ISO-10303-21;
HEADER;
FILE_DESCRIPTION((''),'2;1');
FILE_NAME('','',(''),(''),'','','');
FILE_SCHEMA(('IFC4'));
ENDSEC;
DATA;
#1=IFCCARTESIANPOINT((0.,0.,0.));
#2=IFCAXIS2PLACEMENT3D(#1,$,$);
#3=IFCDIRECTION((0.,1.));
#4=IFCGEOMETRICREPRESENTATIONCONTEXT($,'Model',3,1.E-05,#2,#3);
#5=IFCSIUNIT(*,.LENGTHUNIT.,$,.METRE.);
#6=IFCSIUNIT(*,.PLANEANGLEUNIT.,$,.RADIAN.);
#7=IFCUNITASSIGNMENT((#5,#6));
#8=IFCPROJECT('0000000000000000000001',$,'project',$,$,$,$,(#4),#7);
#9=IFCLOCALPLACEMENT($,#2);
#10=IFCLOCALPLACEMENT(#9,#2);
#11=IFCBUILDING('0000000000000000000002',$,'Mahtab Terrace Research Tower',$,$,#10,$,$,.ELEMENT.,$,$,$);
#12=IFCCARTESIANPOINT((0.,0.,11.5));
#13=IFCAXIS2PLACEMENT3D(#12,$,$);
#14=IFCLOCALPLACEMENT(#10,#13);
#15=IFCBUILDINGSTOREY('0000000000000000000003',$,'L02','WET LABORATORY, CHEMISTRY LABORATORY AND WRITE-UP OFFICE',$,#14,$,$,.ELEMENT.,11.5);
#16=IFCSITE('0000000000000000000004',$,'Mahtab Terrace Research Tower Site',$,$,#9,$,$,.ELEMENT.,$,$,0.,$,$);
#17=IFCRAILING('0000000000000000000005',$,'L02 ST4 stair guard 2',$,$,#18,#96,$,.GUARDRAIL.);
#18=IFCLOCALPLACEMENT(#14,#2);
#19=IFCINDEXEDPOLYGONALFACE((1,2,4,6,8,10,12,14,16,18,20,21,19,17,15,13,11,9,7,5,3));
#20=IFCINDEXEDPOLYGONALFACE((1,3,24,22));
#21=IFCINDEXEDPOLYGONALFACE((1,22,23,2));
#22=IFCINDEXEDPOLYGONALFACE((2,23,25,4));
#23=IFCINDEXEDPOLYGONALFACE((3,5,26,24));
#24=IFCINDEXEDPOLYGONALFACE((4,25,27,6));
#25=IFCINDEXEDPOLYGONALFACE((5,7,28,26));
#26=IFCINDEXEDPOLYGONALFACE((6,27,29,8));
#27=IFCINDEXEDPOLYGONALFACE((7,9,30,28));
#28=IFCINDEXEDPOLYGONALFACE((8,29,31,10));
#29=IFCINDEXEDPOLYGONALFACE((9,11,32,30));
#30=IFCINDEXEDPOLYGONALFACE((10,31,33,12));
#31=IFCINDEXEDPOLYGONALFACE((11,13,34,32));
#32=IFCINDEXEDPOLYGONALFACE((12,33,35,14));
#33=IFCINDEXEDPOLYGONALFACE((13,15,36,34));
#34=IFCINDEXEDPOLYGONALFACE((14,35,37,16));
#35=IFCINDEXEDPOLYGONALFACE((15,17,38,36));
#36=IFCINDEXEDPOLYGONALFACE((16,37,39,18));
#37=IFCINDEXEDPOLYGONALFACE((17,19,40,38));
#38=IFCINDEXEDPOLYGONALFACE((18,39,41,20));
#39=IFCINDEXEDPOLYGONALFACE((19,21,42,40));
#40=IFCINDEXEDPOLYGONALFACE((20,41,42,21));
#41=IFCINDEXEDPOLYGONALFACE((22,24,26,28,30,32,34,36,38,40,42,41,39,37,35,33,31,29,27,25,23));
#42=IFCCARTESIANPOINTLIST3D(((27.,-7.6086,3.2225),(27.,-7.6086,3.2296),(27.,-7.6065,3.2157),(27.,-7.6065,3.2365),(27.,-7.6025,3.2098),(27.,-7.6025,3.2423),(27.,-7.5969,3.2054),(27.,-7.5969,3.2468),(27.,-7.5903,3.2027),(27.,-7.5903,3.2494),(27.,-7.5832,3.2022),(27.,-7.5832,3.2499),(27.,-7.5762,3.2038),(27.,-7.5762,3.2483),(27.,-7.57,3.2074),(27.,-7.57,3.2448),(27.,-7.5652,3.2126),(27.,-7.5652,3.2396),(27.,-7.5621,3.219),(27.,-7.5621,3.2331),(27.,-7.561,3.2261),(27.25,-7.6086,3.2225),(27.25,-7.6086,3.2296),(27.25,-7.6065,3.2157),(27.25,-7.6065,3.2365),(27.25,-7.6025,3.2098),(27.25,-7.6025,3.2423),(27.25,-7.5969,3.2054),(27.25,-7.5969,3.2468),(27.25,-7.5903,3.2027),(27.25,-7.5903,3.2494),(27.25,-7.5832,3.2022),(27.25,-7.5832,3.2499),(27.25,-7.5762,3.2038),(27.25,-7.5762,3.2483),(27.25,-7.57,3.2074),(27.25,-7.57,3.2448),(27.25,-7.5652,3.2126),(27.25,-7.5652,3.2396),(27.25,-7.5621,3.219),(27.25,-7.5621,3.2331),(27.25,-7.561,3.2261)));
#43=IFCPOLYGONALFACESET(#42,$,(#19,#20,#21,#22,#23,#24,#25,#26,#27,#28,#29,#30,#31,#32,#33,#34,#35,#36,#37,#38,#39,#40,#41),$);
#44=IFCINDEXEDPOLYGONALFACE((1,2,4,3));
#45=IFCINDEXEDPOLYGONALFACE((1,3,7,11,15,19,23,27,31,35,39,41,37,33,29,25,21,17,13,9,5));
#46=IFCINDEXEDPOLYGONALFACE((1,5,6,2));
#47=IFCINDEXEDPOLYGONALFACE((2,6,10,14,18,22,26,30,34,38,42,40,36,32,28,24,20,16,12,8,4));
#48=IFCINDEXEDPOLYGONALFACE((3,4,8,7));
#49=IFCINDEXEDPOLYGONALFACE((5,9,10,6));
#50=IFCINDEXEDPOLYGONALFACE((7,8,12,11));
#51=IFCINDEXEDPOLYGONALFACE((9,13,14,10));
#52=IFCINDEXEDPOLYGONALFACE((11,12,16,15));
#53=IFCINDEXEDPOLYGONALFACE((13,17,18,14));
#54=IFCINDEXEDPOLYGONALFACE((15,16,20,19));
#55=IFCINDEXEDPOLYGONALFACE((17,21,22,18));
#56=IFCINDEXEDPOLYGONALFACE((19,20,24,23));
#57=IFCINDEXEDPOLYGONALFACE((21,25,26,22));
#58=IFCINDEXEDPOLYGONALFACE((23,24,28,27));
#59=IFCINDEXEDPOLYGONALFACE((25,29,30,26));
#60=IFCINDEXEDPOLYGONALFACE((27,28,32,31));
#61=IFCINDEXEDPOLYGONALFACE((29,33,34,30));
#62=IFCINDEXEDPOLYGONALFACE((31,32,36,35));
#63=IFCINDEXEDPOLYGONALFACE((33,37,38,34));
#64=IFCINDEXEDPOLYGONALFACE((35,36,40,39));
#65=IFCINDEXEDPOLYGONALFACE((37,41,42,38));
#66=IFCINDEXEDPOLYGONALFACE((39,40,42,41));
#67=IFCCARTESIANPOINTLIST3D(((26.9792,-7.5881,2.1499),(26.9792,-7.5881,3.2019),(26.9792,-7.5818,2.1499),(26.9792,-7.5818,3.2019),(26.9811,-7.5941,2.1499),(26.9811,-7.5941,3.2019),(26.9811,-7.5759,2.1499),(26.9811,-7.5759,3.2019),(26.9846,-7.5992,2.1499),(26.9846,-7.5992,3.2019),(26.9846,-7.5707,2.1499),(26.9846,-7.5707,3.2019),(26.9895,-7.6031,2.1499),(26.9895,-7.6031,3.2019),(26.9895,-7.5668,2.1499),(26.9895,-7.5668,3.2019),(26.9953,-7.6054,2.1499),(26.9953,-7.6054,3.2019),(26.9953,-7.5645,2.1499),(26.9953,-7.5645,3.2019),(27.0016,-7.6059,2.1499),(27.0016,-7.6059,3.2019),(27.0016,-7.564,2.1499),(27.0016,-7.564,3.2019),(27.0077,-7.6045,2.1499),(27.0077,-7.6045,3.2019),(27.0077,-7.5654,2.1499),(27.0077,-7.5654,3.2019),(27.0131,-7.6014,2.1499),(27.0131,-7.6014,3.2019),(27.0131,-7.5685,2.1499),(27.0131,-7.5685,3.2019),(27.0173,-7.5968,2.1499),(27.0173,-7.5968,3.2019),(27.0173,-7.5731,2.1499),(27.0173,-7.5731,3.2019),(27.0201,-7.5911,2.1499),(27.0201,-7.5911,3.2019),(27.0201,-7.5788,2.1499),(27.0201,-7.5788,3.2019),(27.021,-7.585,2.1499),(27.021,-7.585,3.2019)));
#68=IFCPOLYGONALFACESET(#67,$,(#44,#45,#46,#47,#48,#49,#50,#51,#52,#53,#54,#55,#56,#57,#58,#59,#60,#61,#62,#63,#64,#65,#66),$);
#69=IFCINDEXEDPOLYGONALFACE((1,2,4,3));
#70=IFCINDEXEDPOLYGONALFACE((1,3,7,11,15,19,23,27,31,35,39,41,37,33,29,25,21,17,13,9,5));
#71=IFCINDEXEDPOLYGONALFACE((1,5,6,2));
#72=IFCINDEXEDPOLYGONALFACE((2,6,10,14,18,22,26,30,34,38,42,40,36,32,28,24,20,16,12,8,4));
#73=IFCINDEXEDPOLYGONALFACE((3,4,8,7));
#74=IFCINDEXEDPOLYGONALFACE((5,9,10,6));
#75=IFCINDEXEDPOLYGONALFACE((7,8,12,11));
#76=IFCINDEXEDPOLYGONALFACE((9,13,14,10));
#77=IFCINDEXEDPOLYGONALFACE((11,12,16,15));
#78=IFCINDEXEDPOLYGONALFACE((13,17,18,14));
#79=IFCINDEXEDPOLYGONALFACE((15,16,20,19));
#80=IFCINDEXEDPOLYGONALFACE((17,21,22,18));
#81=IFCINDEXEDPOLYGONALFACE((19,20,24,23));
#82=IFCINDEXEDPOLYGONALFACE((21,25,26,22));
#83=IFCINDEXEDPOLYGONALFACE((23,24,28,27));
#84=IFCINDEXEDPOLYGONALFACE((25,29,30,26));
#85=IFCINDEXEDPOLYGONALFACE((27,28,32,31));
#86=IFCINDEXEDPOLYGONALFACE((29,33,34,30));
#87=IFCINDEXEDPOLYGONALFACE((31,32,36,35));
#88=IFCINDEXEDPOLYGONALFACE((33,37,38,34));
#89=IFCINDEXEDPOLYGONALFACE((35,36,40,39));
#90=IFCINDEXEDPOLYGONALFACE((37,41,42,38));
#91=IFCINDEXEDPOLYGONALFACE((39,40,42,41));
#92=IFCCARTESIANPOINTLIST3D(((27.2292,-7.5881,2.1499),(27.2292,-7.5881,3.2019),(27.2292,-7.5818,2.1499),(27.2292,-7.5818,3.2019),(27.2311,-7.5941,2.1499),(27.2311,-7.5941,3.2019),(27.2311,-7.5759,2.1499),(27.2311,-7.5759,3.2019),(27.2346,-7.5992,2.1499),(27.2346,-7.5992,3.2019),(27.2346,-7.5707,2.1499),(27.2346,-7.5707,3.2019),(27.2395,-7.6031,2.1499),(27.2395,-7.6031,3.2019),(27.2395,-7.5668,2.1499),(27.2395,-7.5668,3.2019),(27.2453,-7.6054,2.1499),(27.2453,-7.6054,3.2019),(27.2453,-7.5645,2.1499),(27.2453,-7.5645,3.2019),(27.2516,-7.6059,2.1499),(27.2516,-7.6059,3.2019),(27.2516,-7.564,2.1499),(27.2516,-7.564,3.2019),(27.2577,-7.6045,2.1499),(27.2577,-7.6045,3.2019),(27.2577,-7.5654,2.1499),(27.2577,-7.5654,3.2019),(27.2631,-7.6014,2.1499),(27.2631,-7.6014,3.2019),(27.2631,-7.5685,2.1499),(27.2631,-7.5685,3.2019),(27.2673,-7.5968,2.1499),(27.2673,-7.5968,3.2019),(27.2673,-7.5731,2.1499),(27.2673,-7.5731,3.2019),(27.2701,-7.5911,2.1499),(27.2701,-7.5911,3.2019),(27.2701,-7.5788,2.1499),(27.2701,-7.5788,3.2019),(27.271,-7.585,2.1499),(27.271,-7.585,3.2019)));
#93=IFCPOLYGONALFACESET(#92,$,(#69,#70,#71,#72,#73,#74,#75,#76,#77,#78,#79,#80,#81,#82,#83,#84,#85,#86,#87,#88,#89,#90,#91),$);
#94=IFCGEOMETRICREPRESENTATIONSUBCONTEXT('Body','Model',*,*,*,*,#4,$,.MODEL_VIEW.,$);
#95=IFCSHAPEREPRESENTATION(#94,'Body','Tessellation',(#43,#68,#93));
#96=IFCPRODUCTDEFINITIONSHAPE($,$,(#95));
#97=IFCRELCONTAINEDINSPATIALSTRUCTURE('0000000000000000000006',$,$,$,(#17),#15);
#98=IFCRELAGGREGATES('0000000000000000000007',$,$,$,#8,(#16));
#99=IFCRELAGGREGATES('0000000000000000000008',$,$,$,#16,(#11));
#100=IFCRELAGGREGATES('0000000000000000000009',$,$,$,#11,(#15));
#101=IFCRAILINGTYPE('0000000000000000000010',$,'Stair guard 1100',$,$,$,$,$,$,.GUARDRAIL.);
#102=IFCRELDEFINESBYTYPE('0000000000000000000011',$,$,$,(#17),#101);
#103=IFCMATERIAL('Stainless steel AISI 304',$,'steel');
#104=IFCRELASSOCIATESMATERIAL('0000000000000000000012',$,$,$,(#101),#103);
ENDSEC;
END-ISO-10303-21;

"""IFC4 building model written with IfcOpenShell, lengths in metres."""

from ifc_helpers import new_model, si_unit, direction, frame, origin, origin_2d, place, context, subcontext, project, spatial, circle, extrude, material, type_object, element, save


model = new_model("IFC4")

# Units and contexts
model_context = context("Model", 3, precision=1e-05, world=origin(), true_north=direction((0.0, 1.0)))
body_context = subcontext(model_context, "Body", "Model", "MODEL_VIEW")
ifc_project = project(units=[si_unit("LENGTHUNIT", "METRE"), si_unit("PLANEANGLEUNIT", "RADIAN")], contexts=[model_context])

# Site, building, storey
site_placement = place(None, origin())
site = spatial("IfcSite", under=ifc_project, at=site_placement, Name="Mahtab Terrace Research Tower Site", CompositionType="ELEMENT", RefElevation=0.0)
building_placement = place(site_placement, origin())
building = spatial("IfcBuilding", under=site, at=building_placement, Name="Mahtab Terrace Research Tower", CompositionType="ELEMENT")
storey_placement = place(building_placement, frame((0.0, 0.0, 11.5)))
storey = spatial("IfcBuildingStorey", under=building, at=storey_placement, Name="L02", Description="WET LABORATORY, CHEMISTRY LABORATORY AND WRITE-UP OFFICE", CompositionType="ELEMENT", Elevation=11.5)

# Shared definitions
ifc_material_1 = material(Name="Stainless steel AISI 304", Category="steel")

# Railing
railing_type_1 = type_object("IfcRailingType", Name="Stair guard 1100", PredefinedType="GUARDRAIL", material=ifc_material_1)
railing_1_placement = place(storey_placement, frame((27.0, -7.585, 2.1499)))
element("IfcRailing", 1, at=railing_1_placement, inside=storey, type_object=railing_type_1, Name="L02 ST4 stair guard 2", PredefinedType="GUARDRAIL", context=body_context, shape_type="SweptSolid", body=[
    extrude(circle(Radius=0.0239, at=origin_2d()), frame((0.0, 0.0, 1.0762), z_axis=(1.0, 0.0, 0.0), x_axis=(0.0, 1.0, 0.0)), (0.0, 0.0, 1.0), 0.25),
    extrude(circle(Radius=0.021, at=origin_2d()), origin(), (0.0, 0.0, 1.0), 1.052),
    extrude(circle(Radius=0.021, at=origin_2d()), frame((0.25, 0.0, 0.0)), (0.0, 0.0, 1.0), 1.052),
])

save(model, "model.ifc")
